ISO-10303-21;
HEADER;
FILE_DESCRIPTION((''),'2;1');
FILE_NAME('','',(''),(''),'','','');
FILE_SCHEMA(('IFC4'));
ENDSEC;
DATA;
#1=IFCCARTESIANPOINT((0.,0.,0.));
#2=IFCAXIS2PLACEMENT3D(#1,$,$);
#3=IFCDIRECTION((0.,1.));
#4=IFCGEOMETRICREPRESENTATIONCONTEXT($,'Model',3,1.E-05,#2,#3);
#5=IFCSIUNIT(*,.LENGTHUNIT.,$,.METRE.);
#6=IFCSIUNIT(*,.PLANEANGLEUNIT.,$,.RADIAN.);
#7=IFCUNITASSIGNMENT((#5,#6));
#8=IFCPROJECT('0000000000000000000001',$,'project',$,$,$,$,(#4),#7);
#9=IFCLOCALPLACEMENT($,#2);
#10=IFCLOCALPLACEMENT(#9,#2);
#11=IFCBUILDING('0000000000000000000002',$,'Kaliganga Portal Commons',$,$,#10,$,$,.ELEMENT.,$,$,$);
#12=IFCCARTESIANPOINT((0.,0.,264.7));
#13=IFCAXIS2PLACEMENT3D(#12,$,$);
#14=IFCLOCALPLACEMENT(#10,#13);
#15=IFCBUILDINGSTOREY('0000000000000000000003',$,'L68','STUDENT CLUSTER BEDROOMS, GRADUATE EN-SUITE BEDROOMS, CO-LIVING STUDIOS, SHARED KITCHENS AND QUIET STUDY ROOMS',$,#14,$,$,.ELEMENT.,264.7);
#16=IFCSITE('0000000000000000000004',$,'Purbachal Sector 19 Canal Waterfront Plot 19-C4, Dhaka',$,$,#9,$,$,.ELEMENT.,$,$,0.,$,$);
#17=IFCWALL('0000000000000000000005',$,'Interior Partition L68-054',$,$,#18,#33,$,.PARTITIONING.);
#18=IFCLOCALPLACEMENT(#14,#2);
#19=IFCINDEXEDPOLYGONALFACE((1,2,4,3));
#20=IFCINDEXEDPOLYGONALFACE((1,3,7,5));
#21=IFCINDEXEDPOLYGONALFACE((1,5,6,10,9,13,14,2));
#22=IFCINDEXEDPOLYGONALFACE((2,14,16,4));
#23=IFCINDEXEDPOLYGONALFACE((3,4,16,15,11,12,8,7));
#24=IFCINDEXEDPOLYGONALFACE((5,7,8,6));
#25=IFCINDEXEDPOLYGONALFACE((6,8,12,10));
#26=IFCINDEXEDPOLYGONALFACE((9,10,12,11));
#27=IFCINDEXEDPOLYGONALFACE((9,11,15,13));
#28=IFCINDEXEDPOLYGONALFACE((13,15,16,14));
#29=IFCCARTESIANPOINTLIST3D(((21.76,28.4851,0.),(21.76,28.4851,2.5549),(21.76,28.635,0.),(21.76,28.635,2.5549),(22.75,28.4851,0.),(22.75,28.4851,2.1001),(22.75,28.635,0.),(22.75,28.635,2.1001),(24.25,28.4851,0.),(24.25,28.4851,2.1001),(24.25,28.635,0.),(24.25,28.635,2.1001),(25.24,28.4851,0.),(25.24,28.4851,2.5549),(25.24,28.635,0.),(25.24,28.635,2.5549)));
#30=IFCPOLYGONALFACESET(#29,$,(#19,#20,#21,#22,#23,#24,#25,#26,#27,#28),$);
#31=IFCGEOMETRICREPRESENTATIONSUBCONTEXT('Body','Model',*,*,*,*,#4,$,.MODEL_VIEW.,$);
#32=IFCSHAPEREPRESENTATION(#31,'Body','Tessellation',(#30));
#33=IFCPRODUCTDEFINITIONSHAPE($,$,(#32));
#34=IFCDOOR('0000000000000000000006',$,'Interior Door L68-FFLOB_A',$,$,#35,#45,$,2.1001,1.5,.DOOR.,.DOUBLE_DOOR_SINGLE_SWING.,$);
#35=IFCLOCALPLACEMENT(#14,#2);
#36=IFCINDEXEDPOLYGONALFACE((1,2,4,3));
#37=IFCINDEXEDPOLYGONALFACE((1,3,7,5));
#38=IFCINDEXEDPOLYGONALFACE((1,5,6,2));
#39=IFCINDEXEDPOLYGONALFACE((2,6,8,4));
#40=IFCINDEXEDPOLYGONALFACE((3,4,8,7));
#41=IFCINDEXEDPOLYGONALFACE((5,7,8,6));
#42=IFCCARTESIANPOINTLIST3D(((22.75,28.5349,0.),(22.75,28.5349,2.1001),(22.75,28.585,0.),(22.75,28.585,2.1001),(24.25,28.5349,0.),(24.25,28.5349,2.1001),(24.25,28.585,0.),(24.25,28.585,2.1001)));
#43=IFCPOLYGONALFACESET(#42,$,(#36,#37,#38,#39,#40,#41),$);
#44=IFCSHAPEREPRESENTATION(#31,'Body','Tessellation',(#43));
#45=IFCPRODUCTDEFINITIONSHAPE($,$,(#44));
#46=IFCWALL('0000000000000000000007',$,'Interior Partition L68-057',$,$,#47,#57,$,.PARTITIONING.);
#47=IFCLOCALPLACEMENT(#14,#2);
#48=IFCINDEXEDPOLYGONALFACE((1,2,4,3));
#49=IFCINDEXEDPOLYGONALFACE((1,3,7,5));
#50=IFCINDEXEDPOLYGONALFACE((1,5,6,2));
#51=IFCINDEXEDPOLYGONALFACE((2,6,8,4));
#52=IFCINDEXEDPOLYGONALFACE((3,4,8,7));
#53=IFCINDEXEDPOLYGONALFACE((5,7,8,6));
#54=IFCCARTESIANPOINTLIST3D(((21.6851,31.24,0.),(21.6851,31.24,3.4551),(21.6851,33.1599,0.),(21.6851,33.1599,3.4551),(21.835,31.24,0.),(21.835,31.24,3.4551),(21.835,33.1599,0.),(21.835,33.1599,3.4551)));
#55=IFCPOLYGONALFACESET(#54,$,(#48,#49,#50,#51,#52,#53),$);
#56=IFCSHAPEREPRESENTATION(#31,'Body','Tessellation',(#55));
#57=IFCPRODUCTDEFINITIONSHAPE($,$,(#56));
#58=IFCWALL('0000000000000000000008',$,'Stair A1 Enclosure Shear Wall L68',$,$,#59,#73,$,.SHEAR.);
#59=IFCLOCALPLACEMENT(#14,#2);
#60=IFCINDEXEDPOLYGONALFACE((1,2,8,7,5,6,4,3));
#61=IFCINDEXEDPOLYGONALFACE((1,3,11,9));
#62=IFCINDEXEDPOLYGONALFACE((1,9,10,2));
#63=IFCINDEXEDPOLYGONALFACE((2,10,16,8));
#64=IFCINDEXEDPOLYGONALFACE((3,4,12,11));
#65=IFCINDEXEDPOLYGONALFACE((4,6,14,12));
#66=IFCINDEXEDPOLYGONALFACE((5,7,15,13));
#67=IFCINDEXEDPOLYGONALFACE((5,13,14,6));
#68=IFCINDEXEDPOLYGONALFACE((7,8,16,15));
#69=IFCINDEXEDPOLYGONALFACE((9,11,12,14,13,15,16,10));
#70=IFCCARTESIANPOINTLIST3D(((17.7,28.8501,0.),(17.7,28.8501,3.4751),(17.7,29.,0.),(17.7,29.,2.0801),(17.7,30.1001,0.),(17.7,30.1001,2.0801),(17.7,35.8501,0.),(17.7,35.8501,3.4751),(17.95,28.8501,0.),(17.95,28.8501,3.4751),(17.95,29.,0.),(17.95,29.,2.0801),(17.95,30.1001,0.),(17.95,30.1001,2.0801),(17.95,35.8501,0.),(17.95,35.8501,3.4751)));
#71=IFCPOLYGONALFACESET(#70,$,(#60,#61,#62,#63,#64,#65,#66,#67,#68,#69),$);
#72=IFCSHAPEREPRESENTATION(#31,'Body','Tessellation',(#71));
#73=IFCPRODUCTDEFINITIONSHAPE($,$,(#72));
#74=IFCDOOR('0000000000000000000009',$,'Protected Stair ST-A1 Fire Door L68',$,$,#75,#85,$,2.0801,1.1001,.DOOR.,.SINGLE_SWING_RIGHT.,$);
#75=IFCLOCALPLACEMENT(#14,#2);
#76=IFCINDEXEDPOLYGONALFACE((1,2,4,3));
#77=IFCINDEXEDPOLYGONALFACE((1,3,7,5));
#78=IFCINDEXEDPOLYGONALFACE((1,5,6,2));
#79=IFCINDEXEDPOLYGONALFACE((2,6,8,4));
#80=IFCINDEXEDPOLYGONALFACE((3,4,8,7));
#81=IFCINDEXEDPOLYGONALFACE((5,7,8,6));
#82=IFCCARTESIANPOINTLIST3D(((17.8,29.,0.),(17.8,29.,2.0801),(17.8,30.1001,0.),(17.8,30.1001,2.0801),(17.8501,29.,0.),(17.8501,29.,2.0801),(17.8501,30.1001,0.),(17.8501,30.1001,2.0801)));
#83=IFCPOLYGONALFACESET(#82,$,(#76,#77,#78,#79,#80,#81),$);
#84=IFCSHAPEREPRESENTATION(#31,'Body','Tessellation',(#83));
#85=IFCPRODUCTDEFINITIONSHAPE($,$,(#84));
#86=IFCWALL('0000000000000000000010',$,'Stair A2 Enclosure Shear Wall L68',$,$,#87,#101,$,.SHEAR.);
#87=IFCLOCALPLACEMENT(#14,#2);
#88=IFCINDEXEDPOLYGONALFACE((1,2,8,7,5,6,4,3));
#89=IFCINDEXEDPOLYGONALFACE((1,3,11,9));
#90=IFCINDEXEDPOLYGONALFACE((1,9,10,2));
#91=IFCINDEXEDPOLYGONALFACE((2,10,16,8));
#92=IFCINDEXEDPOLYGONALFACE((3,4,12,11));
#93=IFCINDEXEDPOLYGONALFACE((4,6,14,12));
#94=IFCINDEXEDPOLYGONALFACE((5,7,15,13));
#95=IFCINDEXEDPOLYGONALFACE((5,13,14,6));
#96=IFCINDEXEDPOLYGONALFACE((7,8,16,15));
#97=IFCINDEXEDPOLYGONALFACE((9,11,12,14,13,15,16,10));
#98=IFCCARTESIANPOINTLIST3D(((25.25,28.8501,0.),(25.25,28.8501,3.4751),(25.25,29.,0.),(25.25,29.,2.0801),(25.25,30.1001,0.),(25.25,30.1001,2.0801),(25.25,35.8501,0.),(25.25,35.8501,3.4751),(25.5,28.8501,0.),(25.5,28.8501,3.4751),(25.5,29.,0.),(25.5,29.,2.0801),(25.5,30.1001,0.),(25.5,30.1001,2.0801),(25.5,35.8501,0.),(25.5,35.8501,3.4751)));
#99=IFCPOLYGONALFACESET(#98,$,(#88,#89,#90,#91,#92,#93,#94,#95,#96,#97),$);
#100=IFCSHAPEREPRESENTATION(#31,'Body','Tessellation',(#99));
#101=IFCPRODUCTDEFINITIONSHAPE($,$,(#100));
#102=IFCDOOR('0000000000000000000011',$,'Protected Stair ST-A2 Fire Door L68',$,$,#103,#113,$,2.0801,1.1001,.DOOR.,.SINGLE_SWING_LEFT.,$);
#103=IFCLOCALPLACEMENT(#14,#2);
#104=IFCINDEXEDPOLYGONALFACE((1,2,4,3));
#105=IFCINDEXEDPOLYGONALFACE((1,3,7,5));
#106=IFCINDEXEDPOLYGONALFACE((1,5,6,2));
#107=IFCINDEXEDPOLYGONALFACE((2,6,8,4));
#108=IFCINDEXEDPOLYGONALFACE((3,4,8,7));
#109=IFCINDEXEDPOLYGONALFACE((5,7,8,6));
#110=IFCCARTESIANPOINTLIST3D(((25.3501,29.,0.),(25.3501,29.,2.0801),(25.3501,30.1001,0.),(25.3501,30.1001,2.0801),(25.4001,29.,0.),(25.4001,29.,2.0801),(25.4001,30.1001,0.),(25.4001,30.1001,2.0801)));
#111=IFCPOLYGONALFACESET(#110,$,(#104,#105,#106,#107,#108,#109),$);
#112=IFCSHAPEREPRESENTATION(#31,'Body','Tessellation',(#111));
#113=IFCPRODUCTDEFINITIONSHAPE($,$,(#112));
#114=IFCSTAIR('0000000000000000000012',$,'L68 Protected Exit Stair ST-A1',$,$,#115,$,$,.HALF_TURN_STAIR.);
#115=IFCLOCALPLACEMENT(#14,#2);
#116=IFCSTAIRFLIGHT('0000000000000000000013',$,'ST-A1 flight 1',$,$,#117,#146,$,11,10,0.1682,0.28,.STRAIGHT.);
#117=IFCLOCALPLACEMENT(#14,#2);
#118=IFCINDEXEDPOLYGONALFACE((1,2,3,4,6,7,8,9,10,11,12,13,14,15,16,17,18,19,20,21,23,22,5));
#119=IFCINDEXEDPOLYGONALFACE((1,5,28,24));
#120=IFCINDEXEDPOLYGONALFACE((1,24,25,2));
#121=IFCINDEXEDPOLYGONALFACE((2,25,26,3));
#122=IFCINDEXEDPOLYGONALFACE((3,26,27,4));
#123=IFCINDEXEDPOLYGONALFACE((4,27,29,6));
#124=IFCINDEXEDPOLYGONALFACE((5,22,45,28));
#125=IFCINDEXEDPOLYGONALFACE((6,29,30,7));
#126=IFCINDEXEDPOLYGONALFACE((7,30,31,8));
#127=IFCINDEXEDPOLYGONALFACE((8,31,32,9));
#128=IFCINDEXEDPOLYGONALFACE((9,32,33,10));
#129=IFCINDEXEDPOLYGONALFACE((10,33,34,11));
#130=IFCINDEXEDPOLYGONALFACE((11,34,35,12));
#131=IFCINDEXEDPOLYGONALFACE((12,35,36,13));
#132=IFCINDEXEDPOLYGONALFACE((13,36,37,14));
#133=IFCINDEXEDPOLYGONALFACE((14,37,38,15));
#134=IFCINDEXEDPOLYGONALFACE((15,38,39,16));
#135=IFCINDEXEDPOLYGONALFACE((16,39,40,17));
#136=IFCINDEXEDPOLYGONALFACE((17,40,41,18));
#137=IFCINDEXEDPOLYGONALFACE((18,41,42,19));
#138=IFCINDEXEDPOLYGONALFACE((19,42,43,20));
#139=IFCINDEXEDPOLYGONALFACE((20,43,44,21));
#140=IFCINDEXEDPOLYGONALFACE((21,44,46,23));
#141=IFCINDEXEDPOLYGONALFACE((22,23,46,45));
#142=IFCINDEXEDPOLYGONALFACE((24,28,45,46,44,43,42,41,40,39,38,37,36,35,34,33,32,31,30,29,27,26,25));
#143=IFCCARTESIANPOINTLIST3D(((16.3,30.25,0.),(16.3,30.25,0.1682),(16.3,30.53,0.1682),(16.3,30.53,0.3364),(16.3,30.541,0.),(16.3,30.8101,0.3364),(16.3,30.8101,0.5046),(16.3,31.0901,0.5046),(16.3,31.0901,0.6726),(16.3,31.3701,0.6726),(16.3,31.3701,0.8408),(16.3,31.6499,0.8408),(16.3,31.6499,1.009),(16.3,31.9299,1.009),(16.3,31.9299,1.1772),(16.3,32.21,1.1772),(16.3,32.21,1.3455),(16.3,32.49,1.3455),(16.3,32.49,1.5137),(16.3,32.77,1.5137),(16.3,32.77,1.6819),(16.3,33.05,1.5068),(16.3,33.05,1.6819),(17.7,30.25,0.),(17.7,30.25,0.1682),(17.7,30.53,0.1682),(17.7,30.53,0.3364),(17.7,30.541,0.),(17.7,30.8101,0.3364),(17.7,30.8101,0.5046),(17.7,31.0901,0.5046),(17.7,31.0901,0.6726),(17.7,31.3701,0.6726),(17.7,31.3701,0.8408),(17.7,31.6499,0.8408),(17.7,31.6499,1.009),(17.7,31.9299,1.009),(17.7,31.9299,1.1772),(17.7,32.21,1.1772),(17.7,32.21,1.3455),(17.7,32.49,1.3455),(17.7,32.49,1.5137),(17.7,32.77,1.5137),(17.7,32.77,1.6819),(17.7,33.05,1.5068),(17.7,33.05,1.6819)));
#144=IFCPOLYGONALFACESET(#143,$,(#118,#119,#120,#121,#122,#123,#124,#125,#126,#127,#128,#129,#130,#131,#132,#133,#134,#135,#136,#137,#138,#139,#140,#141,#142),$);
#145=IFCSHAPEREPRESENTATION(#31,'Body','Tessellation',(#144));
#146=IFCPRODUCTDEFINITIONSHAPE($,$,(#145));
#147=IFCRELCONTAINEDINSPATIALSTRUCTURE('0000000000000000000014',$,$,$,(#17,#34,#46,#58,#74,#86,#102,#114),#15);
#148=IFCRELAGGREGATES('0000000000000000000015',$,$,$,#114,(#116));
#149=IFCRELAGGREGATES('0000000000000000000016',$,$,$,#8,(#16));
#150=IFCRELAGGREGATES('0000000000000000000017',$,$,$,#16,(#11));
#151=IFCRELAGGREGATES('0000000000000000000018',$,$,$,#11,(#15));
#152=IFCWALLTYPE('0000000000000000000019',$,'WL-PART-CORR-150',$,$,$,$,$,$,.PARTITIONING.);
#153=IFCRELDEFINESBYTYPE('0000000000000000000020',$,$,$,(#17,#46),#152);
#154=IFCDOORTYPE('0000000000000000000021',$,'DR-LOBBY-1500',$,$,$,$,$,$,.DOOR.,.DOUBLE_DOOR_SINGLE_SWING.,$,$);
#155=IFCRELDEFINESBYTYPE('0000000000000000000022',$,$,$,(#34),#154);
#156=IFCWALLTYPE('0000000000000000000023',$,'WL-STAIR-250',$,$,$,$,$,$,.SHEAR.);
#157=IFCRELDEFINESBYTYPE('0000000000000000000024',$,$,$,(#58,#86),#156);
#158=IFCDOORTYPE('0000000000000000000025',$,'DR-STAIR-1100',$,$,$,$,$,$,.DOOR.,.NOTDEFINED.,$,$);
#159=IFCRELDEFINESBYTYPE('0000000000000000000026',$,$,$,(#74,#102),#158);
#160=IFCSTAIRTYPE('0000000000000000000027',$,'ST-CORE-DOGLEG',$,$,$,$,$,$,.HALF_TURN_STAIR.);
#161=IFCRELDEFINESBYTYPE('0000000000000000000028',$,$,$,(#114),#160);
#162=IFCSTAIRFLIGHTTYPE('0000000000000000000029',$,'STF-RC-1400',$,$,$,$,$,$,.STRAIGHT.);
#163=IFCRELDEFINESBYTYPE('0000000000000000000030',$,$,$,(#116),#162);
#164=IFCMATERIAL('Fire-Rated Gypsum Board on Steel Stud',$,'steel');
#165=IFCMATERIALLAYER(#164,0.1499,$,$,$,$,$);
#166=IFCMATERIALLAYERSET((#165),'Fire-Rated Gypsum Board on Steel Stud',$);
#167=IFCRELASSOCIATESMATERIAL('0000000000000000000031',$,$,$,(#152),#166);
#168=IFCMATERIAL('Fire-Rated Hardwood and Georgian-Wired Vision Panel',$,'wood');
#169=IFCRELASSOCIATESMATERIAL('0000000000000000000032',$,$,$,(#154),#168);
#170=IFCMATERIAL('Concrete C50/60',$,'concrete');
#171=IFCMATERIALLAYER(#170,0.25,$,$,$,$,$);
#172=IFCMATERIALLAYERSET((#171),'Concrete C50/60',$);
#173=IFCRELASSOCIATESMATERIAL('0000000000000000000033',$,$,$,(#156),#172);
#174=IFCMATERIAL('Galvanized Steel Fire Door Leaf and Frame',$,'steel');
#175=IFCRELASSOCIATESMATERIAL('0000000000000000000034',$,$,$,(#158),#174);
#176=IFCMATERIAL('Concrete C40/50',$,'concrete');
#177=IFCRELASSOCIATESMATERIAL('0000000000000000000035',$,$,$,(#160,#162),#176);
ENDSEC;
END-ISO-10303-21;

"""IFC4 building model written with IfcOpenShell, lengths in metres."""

from ifc_helpers import new_model, si_unit, direction, frame, frame_2d, origin, place, context, subcontext, project, spatial, polyline, rectangle, outline, extrude, material, layer, layer_set, type_object, element, fill, aggregate, save


model = new_model("IFC4")

# Units and contexts
model_context = context("Model", 3, precision=1e-05, world=origin(), true_north=direction((0.0, 1.0)))
body_context = subcontext(model_context, "Body", "Model", "MODEL_VIEW")
ifc_project = project(units=[si_unit("LENGTHUNIT", "METRE"), si_unit("PLANEANGLEUNIT", "RADIAN")], contexts=[model_context])

# Site, building, storey
site_placement = place(None, origin())
site = spatial("IfcSite", under=ifc_project, at=site_placement, Name="Purbachal Sector 19 Canal Waterfront Plot 19-C4, Dhaka", CompositionType="ELEMENT", RefElevation=0.0)
building_placement = place(site_placement, origin())
building = spatial("IfcBuilding", under=site, at=building_placement, Name="Kaliganga Portal Commons", CompositionType="ELEMENT")
storey_placement = place(building_placement, frame((0.0, 0.0, 264.7)))
storey = spatial("IfcBuildingStorey", under=building, at=storey_placement, Name="L68", Description="STUDENT CLUSTER BEDROOMS, GRADUATE EN-SUITE BEDROOMS, CO-LIVING STUDIOS, SHARED KITCHENS AND QUIET STUDY ROOMS", CompositionType="ELEMENT", Elevation=264.7)

# Shared definitions
ifc_material_1 = material(Name="Concrete C50/60", Category="concrete")

# Shared definitions
ifc_material_2 = material(Name="Fire-Rated Gypsum Board on Steel Stud", Category="steel")
ifc_layer_1 = layer(ifc_material_2, 0.1499)
ifc_layer_set_1 = layer_set([ifc_layer_1], Name="Fire-Rated Gypsum Board on Steel Stud")
wall_type_1 = type_object("IfcWallType", Name="WL-PART-CORR-150", PredefinedType="PARTITIONING", material=ifc_layer_set_1)

# Wall, opening, door
wall_1_placement = place(storey_placement, frame((21.76, 28.5601, 0.0), z_axis=(0.0, 0.0, 1.0), x_axis=(1.0, 0.0, 0.0)))
wall_1 = element("IfcWall", 1, at=wall_1_placement, inside=storey, type_object=wall_type_1, Name="Interior Partition L68-054", PredefinedType="PARTITIONING", context=body_context, shape_type="SweptSolid", body=[
    extrude(rectangle(XDim=3.48, YDim=0.1499, at=frame_2d((1.74, 0.0))), origin(), (0.0, 0.0, 1.0), 2.5549),
])
opening_1_placement = place(wall_1_placement, frame((0.99, 0.0, 0.0)))
opening_1 = element("IfcOpeningElement", 2, at=opening_1_placement, cuts=wall_1, PredefinedType="OPENING", context=body_context, shape_type="SweptSolid", body=[
    extrude(rectangle(XDim=1.5, YDim=2.1001, at=frame_2d((0.75, 1.05))), frame((0.0, 0.085, 0.0), z_axis=(0.0, -1.0, 0.0), x_axis=(1.0, 0.0, 0.0)), (0.0, 0.0, 1.0), 0.1699),
])
ifc_material_3 = material(Name="Fire-Rated Hardwood and Georgian-Wired Vision Panel", Category="wood")
door_type_1 = type_object("IfcDoorType", Name="DR-LOBBY-1500", OperationType="DOUBLE_DOOR_SINGLE_SWING", PredefinedType="DOOR", material=ifc_material_3)
door_1_placement = place(opening_1_placement, origin())
door_1 = element("IfcDoor", 3, at=door_1_placement, inside=storey, type_object=door_type_1, Name="Interior Door L68-FFLOB_A", OperationType="DOUBLE_DOOR_SINGLE_SWING", OverallHeight=2.1001, OverallWidth=1.5, PredefinedType="DOOR", context=body_context, shape_type="SweptSolid", body=[
    extrude(rectangle(XDim=1.5, YDim=2.1001, at=frame_2d((0.75, 1.05))), frame((0.0, 0.0249, 0.0), z_axis=(0.0, -1.0, 0.0), x_axis=(1.0, 0.0, 0.0)), (0.0, 0.0, 1.0), 0.05),
])
fill(opening_1, door_1)

# Wall
wall_2_placement = place(storey_placement, frame((21.76, 31.24, 0.0), z_axis=(0.0, 0.0, 1.0), x_axis=(0.0, 1.0, 0.0)))
element("IfcWall", 4, at=wall_2_placement, inside=storey, type_object=wall_type_1, Name="Interior Partition L68-057", PredefinedType="PARTITIONING", context=body_context, shape_type="SweptSolid", body=[
    extrude(rectangle(XDim=1.9199, YDim=0.1499, at=frame_2d((0.96, 0.0))), origin(), (0.0, 0.0, 1.0), 3.4551),
])

# Walls, openings, doors
ifc_layer_2 = layer(ifc_material_1, 0.25)
ifc_layer_set_2 = layer_set([ifc_layer_2], Name="Concrete C50/60")
wall_type_2 = type_object("IfcWallType", Name="WL-STAIR-250", PredefinedType="SHEAR", material=ifc_layer_set_2)
wall_3_placement = place(storey_placement, frame((17.825, 28.8501, 0.0), z_axis=(0.0, 0.0, 1.0), x_axis=(0.0, 1.0, 0.0)))
wall_3 = element("IfcWall", 5, at=wall_3_placement, inside=storey, type_object=wall_type_2, Name="Stair A1 Enclosure Shear Wall L68", PredefinedType="SHEAR", context=body_context, shape_type="SweptSolid", body=[
    extrude(rectangle(XDim=7.0, YDim=0.25, at=frame_2d((3.5, 0.0))), origin(), (0.0, 0.0, 1.0), 3.4751),
])
opening_2_placement = place(wall_3_placement, frame((0.1499, 0.0, 0.0)))
opening_2 = element("IfcOpeningElement", 6, at=opening_2_placement, cuts=wall_3, PredefinedType="OPENING", context=body_context, shape_type="SweptSolid", body=[
    extrude(rectangle(XDim=1.1001, YDim=2.0801, at=frame_2d((0.55, 1.04))), frame((0.0, 0.135, 0.0), z_axis=(0.0, -1.0, 0.0), x_axis=(1.0, 0.0, 0.0)), (0.0, 0.0, 1.0), 0.27),
])
ifc_material_4 = material(Name="Galvanized Steel Fire Door Leaf and Frame", Category="steel")
door_type_2 = type_object("IfcDoorType", Name="DR-STAIR-1100", OperationType="NOTDEFINED", PredefinedType="DOOR", material=ifc_material_4)
door_2_placement = place(opening_2_placement, origin())
door_2 = element("IfcDoor", 7, at=door_2_placement, inside=storey, type_object=door_type_2, Name="Protected Stair ST-A1 Fire Door L68", OperationType="SINGLE_SWING_RIGHT", OverallHeight=2.0801, OverallWidth=1.1001, PredefinedType="DOOR", context=body_context, shape_type="SweptSolid", body=[
    extrude(rectangle(XDim=1.1001, YDim=2.0801, at=frame_2d((0.55, 1.04))), frame((0.0, 0.0249, 0.0), z_axis=(0.0, -1.0, 0.0), x_axis=(1.0, 0.0, 0.0)), (0.0, 0.0, 1.0), 0.05),
])
fill(opening_2, door_2)
wall_4_placement = place(storey_placement, frame((25.375, 28.8501, 0.0), z_axis=(0.0, 0.0, 1.0), x_axis=(0.0, 1.0, 0.0)))
wall_4 = element("IfcWall", 8, at=wall_4_placement, inside=storey, type_object=wall_type_2, Name="Stair A2 Enclosure Shear Wall L68", PredefinedType="SHEAR", context=body_context, shape_type="SweptSolid", body=[
    extrude(rectangle(XDim=7.0, YDim=0.25, at=frame_2d((3.5, 0.0))), origin(), (0.0, 0.0, 1.0), 3.4751),
])
opening_3_placement = place(wall_4_placement, frame((0.1499, 0.0, 0.0)))
opening_3 = element("IfcOpeningElement", 9, at=opening_3_placement, cuts=wall_4, PredefinedType="OPENING", context=body_context, shape_type="SweptSolid", body=[
    extrude(rectangle(XDim=1.1001, YDim=2.0801, at=frame_2d((0.55, 1.04))), frame((0.0, 0.135, 0.0), z_axis=(0.0, -1.0, 0.0), x_axis=(1.0, 0.0, 0.0)), (0.0, 0.0, 1.0), 0.27),
])
door_3_placement = place(opening_3_placement, origin())
door_3 = element("IfcDoor", 10, at=door_3_placement, inside=storey, type_object=door_type_2, Name="Protected Stair ST-A2 Fire Door L68", OperationType="SINGLE_SWING_LEFT", OverallHeight=2.0801, OverallWidth=1.1001, PredefinedType="DOOR", context=body_context, shape_type="SweptSolid", body=[
    extrude(rectangle(XDim=1.1001, YDim=2.0801, at=frame_2d((0.55, 1.04))), frame((0.0, 0.0249, 0.0), z_axis=(0.0, -1.0, 0.0), x_axis=(1.0, 0.0, 0.0)), (0.0, 0.0, 1.0), 0.05),
])
fill(opening_3, door_3)

# Stair, stair flight
ifc_material_5 = material(Name="Concrete C40/50", Category="concrete")
stair_type = type_object("IfcStairType", Name="ST-CORE-DOGLEG", PredefinedType="HALF_TURN_STAIR", material=ifc_material_5)
stair_placement = place(storey_placement, origin())
stair = element("IfcStair", 11, at=stair_placement, inside=storey, type_object=stair_type, Name="L68 Protected Exit Stair ST-A1", PredefinedType="HALF_TURN_STAIR")
stair_flight_type = type_object("IfcStairFlightType", Name="STF-RC-1400", PredefinedType="STRAIGHT", material=ifc_material_5)
stair_flight_placement = place(storey_placement, frame((17.0, 30.25, 0.0), z_axis=(0.0, 0.0, 1.0), x_axis=(0.0, 1.0, 0.0)))
stair_flight = element("IfcStairFlight", 12, at=stair_flight_placement, type_object=stair_flight_type, Name="ST-A1 flight 1", NumberOfRisers=11, NumberOfTreads=10, PredefinedType="STRAIGHT", RiserHeight=0.1682, TreadLength=0.28, context=body_context, shape_type="SweptSolid", body=[
    extrude(outline(polyline([(0.0, 0.0), (0.0, 0.1682), (0.28, 0.1682), (0.28, 0.3364), (0.5601, 0.3364), (0.5601, 0.5046), (0.8401, 0.5046), (0.8401, 0.6726), (1.1201, 0.6726), (1.1201, 0.8408), (1.3999, 0.8408), (1.3999, 1.009), (1.6799, 1.009), (1.6799, 1.1772), (1.96, 1.1772), (1.96, 1.3455), (2.24, 1.3455), (2.24, 1.5137), (2.52, 1.5137), (2.52, 1.6819), (2.8, 1.6819), (2.8, 1.8501), (2.8, 1.5068), (0.291, 0.0), (0.0, 0.0)])), frame((0.0, 0.7, 0.0), z_axis=(0.0, -1.0, 0.0), x_axis=(1.0, 0.0, 0.0)), (0.0, 0.0, 1.0), 1.3999),
])
aggregate(stair, [stair_flight])

save(model, "model.ifc")
